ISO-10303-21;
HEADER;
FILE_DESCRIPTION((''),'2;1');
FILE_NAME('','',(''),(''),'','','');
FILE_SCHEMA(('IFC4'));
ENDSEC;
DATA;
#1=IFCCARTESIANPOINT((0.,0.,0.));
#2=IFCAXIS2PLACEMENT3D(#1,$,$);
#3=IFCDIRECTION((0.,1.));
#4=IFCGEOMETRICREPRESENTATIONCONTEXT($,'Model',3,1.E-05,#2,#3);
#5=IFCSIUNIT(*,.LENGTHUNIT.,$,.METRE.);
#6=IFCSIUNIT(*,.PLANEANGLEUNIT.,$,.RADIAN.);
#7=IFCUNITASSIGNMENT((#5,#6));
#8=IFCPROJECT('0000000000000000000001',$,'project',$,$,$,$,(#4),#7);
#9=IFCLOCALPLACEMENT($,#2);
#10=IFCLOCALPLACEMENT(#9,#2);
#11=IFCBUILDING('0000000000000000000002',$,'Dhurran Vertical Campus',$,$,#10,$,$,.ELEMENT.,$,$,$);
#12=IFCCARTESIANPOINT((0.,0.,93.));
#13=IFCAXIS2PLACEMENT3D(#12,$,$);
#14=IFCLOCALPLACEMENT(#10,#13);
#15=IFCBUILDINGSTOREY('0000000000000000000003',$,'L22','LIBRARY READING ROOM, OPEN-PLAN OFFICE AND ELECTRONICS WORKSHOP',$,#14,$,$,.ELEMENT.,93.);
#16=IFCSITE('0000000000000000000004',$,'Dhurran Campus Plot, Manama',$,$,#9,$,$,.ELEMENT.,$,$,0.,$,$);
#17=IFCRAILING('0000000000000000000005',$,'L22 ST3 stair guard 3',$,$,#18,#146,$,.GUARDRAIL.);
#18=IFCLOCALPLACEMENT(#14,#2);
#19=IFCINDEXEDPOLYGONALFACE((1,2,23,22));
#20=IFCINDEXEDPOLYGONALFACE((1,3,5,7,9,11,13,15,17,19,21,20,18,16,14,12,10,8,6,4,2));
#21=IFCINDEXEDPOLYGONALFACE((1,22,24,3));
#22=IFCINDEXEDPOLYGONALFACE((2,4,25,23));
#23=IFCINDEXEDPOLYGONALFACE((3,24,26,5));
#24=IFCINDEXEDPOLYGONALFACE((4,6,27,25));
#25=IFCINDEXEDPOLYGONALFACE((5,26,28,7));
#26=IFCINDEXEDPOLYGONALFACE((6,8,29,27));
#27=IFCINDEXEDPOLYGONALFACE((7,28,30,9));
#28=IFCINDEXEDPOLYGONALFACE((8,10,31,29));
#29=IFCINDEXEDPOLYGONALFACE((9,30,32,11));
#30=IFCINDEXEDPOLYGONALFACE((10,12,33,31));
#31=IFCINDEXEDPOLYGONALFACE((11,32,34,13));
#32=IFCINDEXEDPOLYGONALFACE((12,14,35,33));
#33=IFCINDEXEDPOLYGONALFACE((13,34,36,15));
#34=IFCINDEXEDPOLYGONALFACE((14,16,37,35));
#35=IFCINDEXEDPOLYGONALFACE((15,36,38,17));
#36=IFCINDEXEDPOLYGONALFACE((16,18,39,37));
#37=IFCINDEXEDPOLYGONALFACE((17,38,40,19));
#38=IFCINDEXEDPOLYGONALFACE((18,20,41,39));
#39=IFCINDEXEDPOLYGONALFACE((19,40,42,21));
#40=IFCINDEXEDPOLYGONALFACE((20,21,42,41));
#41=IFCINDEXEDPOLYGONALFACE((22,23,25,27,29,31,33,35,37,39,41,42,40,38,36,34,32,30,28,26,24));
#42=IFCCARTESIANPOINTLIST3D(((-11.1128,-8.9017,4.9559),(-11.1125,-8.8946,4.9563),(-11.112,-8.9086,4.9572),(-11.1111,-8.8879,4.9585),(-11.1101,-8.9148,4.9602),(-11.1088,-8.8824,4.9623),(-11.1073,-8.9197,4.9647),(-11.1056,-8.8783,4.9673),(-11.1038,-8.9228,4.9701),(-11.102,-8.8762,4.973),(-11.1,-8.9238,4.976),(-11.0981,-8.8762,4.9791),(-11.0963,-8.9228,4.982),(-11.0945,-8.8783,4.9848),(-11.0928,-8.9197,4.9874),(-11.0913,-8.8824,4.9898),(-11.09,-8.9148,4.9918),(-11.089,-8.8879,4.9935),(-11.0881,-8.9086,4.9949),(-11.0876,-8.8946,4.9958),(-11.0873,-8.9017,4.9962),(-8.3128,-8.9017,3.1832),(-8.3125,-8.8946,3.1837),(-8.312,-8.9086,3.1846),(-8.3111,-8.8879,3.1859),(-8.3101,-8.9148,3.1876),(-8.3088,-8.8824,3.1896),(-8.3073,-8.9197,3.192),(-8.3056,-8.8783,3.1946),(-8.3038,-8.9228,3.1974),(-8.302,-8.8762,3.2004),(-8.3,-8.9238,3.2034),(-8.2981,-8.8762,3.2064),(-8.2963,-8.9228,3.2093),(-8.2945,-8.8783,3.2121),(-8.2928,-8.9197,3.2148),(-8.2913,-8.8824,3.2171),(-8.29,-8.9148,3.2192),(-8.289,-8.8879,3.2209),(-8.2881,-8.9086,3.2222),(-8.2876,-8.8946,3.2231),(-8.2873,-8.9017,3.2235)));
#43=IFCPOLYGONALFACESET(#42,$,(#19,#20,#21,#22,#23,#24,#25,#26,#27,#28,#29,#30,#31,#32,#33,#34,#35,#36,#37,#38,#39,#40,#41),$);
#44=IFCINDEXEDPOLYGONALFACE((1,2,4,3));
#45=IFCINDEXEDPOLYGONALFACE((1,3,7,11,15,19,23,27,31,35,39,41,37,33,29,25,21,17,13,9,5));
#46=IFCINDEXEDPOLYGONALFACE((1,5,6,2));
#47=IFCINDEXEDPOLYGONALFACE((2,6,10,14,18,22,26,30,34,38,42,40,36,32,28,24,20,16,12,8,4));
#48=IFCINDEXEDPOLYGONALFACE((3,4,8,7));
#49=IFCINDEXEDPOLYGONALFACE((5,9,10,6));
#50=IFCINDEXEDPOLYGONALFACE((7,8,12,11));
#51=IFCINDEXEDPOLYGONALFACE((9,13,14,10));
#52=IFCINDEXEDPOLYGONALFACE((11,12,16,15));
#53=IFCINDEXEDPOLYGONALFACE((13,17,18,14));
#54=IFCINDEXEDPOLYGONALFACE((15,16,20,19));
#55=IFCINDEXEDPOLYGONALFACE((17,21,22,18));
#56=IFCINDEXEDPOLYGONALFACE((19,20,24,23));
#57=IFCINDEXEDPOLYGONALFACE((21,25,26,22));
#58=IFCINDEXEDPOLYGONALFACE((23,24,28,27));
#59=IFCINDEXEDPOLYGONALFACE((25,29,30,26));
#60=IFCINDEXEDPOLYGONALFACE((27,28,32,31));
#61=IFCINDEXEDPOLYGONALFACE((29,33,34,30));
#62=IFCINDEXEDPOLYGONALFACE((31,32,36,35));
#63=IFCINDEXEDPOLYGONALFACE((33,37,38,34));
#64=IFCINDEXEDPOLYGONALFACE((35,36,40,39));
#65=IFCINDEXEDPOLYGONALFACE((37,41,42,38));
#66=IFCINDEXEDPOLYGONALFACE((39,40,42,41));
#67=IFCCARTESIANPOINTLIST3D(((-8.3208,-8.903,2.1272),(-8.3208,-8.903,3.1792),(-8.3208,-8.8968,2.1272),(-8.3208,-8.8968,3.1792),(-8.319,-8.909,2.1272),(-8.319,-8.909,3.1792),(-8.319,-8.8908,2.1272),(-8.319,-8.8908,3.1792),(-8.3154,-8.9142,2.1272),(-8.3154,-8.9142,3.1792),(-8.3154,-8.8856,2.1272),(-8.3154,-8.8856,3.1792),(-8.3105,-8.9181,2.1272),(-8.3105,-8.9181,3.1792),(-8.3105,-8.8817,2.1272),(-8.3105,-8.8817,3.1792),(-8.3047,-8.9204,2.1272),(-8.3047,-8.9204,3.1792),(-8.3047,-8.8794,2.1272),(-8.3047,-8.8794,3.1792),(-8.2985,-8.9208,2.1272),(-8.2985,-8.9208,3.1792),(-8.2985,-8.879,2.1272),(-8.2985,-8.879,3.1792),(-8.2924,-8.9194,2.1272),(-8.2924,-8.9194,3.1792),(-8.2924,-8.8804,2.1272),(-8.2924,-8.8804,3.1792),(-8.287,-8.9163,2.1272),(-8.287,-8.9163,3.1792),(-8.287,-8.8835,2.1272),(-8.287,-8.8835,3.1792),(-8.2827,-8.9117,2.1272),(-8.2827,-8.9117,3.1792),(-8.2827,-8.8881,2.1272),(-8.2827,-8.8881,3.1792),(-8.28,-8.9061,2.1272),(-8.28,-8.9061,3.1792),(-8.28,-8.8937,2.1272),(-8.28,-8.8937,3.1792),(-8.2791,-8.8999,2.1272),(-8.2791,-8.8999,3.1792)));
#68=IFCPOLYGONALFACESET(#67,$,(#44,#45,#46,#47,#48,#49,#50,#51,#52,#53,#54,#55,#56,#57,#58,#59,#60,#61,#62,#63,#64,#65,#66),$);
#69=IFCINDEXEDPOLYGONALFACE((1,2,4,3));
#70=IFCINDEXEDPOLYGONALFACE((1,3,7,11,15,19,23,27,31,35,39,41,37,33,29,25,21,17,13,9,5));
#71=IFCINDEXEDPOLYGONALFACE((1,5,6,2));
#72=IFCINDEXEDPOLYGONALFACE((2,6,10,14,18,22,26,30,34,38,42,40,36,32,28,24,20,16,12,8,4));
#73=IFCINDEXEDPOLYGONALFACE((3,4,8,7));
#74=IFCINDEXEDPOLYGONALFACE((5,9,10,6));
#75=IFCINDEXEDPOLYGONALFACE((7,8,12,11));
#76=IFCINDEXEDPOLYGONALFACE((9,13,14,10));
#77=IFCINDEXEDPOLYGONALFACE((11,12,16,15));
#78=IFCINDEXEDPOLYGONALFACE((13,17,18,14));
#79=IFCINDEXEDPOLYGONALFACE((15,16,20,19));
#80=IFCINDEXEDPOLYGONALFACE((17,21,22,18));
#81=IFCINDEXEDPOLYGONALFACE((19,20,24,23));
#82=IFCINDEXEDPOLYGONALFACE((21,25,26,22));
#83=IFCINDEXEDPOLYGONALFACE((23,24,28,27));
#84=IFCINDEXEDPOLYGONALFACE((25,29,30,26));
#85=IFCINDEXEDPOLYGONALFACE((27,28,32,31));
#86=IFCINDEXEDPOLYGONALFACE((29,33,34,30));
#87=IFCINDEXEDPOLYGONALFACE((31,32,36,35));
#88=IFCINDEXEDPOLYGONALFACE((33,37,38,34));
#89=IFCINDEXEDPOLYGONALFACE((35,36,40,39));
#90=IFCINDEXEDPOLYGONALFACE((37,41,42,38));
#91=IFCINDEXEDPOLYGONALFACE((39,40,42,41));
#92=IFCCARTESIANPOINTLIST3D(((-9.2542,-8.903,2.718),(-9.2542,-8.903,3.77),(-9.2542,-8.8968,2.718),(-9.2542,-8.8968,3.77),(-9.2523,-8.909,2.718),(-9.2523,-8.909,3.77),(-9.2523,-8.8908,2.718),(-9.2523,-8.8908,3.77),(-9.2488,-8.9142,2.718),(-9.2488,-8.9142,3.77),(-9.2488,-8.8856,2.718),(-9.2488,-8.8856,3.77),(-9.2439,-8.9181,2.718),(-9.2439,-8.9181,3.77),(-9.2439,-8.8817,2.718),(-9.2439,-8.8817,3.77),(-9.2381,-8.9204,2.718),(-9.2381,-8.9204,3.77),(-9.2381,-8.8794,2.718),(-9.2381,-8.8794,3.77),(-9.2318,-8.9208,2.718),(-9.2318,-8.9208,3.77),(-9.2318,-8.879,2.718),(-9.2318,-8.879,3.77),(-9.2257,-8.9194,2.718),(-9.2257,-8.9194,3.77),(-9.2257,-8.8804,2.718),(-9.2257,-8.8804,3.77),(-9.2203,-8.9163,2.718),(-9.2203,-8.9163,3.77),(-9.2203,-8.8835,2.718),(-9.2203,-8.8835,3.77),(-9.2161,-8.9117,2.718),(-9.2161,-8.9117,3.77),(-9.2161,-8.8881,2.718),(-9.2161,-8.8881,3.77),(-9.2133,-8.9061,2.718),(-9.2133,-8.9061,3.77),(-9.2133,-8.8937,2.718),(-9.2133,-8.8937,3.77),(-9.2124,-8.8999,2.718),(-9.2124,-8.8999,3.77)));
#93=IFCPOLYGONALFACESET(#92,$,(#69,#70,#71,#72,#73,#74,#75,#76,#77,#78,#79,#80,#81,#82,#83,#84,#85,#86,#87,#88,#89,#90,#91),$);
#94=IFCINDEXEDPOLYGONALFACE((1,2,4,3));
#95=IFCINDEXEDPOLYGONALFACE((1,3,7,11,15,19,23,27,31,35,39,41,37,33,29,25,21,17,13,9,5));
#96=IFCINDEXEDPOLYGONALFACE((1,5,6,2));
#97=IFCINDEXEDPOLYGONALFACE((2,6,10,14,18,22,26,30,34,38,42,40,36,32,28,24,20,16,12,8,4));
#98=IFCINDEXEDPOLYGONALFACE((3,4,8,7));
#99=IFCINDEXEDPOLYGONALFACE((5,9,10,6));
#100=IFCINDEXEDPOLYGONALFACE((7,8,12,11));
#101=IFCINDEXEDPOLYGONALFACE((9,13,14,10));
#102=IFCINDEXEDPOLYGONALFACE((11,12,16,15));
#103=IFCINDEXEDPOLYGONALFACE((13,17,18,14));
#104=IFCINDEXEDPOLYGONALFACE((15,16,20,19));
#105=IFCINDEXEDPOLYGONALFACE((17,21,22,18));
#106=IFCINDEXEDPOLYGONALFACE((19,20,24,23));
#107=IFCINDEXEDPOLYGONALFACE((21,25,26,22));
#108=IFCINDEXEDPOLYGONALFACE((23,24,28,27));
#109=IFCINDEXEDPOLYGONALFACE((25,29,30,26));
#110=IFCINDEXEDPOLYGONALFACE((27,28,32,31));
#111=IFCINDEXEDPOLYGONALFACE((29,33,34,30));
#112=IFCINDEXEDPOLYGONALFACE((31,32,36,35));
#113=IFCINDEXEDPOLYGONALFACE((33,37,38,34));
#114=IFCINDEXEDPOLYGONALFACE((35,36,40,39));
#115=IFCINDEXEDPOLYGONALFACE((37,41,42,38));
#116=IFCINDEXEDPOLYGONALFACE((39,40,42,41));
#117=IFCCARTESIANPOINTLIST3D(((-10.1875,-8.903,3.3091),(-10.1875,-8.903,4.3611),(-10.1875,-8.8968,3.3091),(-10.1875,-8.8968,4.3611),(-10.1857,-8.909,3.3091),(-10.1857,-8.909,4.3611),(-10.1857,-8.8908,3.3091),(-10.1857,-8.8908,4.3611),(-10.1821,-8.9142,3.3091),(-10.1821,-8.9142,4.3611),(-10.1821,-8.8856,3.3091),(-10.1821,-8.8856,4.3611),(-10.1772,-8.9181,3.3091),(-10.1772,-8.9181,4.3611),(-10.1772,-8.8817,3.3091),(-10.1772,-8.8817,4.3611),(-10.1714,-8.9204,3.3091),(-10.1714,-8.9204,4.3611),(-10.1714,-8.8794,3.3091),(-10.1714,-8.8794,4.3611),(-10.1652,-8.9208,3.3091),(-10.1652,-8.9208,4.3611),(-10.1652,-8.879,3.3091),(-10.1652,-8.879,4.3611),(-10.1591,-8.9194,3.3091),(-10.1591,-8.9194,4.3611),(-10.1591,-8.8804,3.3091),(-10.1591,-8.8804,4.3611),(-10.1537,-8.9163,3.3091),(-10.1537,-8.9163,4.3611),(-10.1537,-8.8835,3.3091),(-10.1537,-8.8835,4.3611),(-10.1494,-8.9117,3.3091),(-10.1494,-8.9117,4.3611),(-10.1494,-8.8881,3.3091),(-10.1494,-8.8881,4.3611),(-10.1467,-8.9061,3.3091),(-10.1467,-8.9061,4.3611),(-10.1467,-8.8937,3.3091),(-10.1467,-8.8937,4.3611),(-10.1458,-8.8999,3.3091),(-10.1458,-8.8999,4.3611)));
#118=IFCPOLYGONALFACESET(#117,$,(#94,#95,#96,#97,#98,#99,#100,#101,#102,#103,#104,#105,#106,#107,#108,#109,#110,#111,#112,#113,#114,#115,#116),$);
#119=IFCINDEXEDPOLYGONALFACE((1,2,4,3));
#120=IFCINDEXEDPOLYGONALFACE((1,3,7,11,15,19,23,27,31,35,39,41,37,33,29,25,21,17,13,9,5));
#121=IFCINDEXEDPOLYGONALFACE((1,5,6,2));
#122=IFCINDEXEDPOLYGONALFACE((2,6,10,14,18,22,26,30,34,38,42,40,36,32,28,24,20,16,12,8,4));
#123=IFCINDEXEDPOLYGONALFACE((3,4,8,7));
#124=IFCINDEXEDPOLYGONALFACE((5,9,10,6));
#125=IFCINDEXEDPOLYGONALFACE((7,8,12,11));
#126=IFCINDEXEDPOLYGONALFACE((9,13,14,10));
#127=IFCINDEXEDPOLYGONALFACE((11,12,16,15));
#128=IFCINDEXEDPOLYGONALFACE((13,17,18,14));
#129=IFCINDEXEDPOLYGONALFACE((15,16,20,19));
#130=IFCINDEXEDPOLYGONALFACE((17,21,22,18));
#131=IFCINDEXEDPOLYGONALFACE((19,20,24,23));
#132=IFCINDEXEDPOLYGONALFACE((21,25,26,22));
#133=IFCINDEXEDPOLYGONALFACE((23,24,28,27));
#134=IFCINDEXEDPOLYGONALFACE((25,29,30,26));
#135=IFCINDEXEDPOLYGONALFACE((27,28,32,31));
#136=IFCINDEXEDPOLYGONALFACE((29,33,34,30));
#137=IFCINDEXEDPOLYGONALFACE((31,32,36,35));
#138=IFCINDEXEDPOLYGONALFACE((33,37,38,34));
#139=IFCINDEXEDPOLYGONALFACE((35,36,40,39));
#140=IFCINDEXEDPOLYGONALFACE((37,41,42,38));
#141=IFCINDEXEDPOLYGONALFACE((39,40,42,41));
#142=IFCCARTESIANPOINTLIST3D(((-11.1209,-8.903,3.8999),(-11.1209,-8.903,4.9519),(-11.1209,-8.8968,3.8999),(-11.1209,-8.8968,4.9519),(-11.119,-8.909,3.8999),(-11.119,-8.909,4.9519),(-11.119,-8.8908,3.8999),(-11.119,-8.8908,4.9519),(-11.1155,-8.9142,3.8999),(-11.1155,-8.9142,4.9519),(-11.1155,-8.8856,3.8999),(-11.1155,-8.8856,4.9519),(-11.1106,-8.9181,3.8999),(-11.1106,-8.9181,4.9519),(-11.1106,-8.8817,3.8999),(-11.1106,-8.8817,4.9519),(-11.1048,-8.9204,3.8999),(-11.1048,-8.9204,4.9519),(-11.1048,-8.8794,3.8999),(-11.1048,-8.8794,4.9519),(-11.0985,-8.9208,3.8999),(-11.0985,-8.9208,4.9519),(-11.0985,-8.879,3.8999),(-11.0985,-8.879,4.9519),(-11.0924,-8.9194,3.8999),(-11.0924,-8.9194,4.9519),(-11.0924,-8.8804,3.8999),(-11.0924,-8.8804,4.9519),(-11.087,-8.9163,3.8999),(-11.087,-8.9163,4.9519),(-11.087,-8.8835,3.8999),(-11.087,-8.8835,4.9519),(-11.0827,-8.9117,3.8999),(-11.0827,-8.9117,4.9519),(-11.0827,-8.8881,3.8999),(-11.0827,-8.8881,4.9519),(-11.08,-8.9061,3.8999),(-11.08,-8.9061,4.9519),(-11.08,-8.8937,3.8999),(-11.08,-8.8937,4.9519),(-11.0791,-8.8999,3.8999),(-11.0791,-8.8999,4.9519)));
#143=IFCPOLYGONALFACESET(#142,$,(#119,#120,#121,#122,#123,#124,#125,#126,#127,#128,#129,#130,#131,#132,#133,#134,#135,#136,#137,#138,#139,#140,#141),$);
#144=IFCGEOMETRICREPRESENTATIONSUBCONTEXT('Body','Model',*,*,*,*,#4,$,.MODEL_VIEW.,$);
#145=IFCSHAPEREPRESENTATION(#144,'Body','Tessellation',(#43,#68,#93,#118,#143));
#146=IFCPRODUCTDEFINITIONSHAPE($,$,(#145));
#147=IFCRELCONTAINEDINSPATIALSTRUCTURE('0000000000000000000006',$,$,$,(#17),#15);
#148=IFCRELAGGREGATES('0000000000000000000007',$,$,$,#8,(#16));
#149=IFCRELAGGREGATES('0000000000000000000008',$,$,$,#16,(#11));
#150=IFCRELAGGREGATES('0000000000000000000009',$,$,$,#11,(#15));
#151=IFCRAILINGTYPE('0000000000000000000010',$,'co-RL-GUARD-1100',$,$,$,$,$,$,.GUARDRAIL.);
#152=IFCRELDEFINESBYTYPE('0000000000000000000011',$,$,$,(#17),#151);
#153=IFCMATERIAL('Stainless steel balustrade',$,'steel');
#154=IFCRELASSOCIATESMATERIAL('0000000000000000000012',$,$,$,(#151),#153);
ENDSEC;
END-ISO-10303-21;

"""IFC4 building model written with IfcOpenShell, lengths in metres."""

from ifc_helpers import new_model, si_unit, direction, frame, origin, origin_2d, place, context, subcontext, project, spatial, circle, extrude, material, type_object, element, save


model = new_model("IFC4")

# Units and contexts
model_context = context("Model", 3, precision=1e-05, world=origin(), true_north=direction((0.0, 1.0)))
body_context = subcontext(model_context, "Body", "Model", "MODEL_VIEW")
ifc_project = project(units=[si_unit("LENGTHUNIT", "METRE"), si_unit("PLANEANGLEUNIT", "RADIAN")], contexts=[model_context])

# Site, building, storey
site_placement = place(None, origin())
site = spatial("IfcSite", under=ifc_project, at=site_placement, Name="Dhurran Campus Plot, Manama", CompositionType="ELEMENT", RefElevation=0.0)
building_placement = place(site_placement, origin())
building = spatial("IfcBuilding", under=site, at=building_placement, Name="Dhurran Vertical Campus", CompositionType="ELEMENT")
storey_placement = place(building_placement, frame((0.0, 0.0, 93.0)))
storey = spatial("IfcBuildingStorey", under=building, at=storey_placement, Name="L22", Description="LIBRARY READING ROOM, OPEN-PLAN OFFICE AND ELECTRONICS WORKSHOP", CompositionType="ELEMENT", Elevation=93.0)

# Railing
ifc_material_1 = material(Name="Stainless steel balustrade", Category="steel")
railing_type_1 = type_object("IfcRailingType", Name="co-RL-GUARD-1100", PredefinedType="GUARDRAIL", material=ifc_material_1)
railing_1_placement = place(storey_placement, frame((-8.3, -8.8999, 2.1272)))
element("IfcRailing", 1, at=railing_1_placement, inside=storey, type_object=railing_type_1, Name="L22 ST3 stair guard 3", PredefinedType="GUARDRAIL", context=body_context, shape_type="SweptSolid", body=[
    extrude(circle(Radius=0.0239, at=origin_2d()), frame((0.0, 0.0, 1.0762), z_axis=(-0.844909, 0.0, 0.53491), x_axis=(0.0, -1.0, 0.0)), (0.0, 0.0, 1.0), 3.314),
    extrude(circle(Radius=0.021, at=origin_2d()), origin(), (0.0, 0.0, 1.0), 1.052),
    extrude(circle(Radius=0.021, at=origin_2d()), frame((-0.9333, 0.0, 0.5908)), (0.0, 0.0, 1.0), 1.052),
    extrude(circle(Radius=0.021, at=origin_2d()), frame((-1.8667, 0.0, 1.1819)), (0.0, 0.0, 1.0), 1.052),
    extrude(circle(Radius=0.021, at=origin_2d()), frame((-2.8, 0.0, 1.7727)), (0.0, 0.0, 1.0), 1.052),
])

save(model, "model.ifc")
